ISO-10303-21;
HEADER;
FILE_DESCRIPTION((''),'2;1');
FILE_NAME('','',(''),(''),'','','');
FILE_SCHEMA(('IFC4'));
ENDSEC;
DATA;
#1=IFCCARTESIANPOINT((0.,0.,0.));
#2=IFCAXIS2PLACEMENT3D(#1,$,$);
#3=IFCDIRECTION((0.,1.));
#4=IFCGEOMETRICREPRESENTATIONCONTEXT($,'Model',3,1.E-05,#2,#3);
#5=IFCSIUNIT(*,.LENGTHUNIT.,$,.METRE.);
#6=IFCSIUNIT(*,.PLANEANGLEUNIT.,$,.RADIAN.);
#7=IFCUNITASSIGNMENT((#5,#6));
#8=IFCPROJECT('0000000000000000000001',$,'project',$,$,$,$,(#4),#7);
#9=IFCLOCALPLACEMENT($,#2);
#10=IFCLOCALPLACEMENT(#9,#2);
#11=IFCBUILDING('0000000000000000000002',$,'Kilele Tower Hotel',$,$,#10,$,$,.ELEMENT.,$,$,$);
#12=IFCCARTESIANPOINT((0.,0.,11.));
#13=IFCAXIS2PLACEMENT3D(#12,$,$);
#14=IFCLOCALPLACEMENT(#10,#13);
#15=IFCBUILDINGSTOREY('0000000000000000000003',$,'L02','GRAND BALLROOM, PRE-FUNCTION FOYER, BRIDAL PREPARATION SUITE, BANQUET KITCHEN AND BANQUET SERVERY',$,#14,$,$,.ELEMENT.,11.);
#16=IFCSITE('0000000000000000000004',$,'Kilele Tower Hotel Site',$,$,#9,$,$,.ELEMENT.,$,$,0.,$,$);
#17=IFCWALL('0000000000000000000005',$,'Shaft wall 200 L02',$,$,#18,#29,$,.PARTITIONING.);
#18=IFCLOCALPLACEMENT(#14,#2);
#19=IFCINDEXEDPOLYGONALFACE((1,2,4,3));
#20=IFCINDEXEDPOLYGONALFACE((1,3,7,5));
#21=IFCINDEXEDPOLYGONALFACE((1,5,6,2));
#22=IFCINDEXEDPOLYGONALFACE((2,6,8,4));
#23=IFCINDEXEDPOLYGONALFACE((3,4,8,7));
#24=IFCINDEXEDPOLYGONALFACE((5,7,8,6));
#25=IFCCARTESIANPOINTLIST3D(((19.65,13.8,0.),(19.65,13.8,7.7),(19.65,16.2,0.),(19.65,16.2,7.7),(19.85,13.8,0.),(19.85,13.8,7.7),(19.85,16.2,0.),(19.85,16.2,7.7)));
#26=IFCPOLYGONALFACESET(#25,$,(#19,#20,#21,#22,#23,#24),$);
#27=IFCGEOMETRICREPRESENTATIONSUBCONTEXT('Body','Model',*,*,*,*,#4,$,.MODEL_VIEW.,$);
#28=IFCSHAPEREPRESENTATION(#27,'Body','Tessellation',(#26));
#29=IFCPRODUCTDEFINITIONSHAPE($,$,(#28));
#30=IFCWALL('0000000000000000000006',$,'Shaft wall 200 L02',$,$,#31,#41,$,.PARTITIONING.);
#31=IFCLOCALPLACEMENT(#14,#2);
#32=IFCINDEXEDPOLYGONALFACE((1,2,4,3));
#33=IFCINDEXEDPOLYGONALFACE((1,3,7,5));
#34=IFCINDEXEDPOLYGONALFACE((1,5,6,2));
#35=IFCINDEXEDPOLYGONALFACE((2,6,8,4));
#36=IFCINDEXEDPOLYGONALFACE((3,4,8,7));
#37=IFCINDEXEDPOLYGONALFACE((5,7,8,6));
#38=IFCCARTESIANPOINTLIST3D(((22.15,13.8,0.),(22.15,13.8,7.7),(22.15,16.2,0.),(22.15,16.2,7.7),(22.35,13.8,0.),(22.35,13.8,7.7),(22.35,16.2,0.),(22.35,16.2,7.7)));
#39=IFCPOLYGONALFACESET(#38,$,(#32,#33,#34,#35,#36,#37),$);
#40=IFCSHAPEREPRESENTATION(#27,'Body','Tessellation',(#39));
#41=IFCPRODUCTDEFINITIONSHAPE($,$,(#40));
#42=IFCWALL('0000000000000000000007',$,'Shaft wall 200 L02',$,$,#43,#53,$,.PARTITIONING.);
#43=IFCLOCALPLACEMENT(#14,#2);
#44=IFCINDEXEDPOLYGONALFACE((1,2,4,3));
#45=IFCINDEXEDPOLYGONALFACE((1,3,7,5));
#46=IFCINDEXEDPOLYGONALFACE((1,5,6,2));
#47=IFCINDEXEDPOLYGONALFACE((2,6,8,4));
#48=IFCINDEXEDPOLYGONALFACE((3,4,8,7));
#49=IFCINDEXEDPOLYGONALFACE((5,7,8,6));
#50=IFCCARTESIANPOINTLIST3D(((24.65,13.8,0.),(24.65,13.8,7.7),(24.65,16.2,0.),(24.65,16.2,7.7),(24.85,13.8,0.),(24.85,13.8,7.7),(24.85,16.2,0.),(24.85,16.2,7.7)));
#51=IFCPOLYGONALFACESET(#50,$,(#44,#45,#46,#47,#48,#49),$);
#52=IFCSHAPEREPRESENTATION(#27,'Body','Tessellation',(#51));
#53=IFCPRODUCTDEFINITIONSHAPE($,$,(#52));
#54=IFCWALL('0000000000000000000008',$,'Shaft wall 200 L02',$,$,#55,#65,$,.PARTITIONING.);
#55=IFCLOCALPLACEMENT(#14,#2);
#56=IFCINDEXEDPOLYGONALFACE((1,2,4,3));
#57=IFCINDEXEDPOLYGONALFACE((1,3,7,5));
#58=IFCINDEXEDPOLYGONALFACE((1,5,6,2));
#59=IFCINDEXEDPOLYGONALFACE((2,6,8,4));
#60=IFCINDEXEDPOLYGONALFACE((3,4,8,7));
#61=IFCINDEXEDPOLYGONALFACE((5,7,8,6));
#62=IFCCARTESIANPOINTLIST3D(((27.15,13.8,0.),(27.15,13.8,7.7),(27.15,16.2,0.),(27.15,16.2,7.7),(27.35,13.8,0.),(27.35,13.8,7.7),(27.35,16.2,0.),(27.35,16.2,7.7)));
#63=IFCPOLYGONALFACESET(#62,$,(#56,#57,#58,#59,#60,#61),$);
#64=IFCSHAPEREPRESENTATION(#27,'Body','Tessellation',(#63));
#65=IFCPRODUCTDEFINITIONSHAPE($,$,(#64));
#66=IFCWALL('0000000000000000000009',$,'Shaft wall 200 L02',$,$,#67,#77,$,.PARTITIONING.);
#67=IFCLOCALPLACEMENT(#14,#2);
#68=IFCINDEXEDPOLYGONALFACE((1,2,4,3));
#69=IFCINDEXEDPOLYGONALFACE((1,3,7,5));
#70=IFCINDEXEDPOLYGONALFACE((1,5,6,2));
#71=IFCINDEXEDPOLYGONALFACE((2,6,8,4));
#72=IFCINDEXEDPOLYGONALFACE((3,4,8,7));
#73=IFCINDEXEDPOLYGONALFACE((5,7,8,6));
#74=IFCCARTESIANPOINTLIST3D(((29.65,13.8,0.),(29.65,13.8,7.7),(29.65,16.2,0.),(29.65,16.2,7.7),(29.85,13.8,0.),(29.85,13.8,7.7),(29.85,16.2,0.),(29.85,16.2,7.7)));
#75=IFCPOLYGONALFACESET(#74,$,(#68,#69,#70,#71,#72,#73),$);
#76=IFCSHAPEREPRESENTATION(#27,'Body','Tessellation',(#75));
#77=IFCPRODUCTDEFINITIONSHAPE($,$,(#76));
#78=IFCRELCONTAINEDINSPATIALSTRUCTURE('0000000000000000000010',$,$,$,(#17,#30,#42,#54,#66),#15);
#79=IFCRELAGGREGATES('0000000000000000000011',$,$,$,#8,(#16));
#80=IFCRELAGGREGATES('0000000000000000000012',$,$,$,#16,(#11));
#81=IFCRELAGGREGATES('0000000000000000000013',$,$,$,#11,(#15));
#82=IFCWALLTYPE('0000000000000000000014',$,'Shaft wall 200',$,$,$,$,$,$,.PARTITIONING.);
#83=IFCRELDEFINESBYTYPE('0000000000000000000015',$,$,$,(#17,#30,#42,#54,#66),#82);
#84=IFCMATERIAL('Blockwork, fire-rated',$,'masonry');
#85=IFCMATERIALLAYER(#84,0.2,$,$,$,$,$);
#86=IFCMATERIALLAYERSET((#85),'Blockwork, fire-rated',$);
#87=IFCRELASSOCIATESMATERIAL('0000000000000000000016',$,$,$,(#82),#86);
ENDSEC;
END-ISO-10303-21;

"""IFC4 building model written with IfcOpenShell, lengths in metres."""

from ifc_helpers import new_model, si_unit, direction, frame, frame_2d, origin, place, context, subcontext, project, spatial, rectangle, extrude, material, layer, layer_set, type_object, element, save


model = new_model("IFC4")

# Units and contexts
model_context = context("Model", 3, precision=1e-05, world=origin(), true_north=direction((0.0, 1.0)))
body_context = subcontext(model_context, "Body", "Model", "MODEL_VIEW")
ifc_project = project(units=[si_unit("LENGTHUNIT", "METRE"), si_unit("PLANEANGLEUNIT", "RADIAN")], contexts=[model_context])

# Site, building, storey
site_placement = place(None, origin())
site = spatial("IfcSite", under=ifc_project, at=site_placement, Name="Kilele Tower Hotel Site", CompositionType="ELEMENT", RefElevation=0.0)
building_placement = place(site_placement, origin())
building = spatial("IfcBuilding", under=site, at=building_placement, Name="Kilele Tower Hotel", CompositionType="ELEMENT")
storey_placement = place(building_placement, frame((0.0, 0.0, 11.0)))
storey = spatial("IfcBuildingStorey", under=building, at=storey_placement, Name="L02", Description="GRAND BALLROOM, PRE-FUNCTION FOYER, BRIDAL PREPARATION SUITE, BANQUET KITCHEN AND BANQUET SERVERY", CompositionType="ELEMENT", Elevation=11.0)

# Walls
ifc_material_1 = material(Name="Blockwork, fire-rated", Category="masonry")
ifc_layer_1 = layer(ifc_material_1, 0.2)
ifc_layer_set_1 = layer_set([ifc_layer_1], Name="Blockwork, fire-rated")
wall_type = type_object("IfcWallType", Name="Shaft wall 200", PredefinedType="PARTITIONING", material=ifc_layer_set_1)
for number, where, z_axis, x_axis, name in (
    (1, (19.75, 13.8, 0.0), (0.0, 0.0, 1.0), (0.0, 1.0, 0.0), "Shaft wall 200 L02"),
    (2, (22.25, 13.8, 0.0), (0.0, 0.0, 1.0), (0.0, 1.0, 0.0), "Shaft wall 200 L02"),
    (3, (24.75, 13.8, 0.0), (0.0, 0.0, 1.0), (0.0, 1.0, 0.0), "Shaft wall 200 L02"),
    (4, (27.25, 13.8, 0.0), (0.0, 0.0, 1.0), (0.0, 1.0, 0.0), "Shaft wall 200 L02"),
    (5, (29.75, 13.8, 0.0), (0.0, 0.0, 1.0), (0.0, 1.0, 0.0), "Shaft wall 200 L02"),
):
    element("IfcWall", number, at=place(storey_placement, frame(where, z_axis=z_axis, x_axis=x_axis)), inside=storey, type_object=wall_type, Name=name, PredefinedType="PARTITIONING", context=body_context, shape_type="SweptSolid", body=[
        extrude(rectangle(XDim=2.3999, YDim=0.2, at=frame_2d((1.2, 0.0))), origin(), (0.0, 0.0, 1.0), 7.7),
    ])

save(model, "model.ifc")
